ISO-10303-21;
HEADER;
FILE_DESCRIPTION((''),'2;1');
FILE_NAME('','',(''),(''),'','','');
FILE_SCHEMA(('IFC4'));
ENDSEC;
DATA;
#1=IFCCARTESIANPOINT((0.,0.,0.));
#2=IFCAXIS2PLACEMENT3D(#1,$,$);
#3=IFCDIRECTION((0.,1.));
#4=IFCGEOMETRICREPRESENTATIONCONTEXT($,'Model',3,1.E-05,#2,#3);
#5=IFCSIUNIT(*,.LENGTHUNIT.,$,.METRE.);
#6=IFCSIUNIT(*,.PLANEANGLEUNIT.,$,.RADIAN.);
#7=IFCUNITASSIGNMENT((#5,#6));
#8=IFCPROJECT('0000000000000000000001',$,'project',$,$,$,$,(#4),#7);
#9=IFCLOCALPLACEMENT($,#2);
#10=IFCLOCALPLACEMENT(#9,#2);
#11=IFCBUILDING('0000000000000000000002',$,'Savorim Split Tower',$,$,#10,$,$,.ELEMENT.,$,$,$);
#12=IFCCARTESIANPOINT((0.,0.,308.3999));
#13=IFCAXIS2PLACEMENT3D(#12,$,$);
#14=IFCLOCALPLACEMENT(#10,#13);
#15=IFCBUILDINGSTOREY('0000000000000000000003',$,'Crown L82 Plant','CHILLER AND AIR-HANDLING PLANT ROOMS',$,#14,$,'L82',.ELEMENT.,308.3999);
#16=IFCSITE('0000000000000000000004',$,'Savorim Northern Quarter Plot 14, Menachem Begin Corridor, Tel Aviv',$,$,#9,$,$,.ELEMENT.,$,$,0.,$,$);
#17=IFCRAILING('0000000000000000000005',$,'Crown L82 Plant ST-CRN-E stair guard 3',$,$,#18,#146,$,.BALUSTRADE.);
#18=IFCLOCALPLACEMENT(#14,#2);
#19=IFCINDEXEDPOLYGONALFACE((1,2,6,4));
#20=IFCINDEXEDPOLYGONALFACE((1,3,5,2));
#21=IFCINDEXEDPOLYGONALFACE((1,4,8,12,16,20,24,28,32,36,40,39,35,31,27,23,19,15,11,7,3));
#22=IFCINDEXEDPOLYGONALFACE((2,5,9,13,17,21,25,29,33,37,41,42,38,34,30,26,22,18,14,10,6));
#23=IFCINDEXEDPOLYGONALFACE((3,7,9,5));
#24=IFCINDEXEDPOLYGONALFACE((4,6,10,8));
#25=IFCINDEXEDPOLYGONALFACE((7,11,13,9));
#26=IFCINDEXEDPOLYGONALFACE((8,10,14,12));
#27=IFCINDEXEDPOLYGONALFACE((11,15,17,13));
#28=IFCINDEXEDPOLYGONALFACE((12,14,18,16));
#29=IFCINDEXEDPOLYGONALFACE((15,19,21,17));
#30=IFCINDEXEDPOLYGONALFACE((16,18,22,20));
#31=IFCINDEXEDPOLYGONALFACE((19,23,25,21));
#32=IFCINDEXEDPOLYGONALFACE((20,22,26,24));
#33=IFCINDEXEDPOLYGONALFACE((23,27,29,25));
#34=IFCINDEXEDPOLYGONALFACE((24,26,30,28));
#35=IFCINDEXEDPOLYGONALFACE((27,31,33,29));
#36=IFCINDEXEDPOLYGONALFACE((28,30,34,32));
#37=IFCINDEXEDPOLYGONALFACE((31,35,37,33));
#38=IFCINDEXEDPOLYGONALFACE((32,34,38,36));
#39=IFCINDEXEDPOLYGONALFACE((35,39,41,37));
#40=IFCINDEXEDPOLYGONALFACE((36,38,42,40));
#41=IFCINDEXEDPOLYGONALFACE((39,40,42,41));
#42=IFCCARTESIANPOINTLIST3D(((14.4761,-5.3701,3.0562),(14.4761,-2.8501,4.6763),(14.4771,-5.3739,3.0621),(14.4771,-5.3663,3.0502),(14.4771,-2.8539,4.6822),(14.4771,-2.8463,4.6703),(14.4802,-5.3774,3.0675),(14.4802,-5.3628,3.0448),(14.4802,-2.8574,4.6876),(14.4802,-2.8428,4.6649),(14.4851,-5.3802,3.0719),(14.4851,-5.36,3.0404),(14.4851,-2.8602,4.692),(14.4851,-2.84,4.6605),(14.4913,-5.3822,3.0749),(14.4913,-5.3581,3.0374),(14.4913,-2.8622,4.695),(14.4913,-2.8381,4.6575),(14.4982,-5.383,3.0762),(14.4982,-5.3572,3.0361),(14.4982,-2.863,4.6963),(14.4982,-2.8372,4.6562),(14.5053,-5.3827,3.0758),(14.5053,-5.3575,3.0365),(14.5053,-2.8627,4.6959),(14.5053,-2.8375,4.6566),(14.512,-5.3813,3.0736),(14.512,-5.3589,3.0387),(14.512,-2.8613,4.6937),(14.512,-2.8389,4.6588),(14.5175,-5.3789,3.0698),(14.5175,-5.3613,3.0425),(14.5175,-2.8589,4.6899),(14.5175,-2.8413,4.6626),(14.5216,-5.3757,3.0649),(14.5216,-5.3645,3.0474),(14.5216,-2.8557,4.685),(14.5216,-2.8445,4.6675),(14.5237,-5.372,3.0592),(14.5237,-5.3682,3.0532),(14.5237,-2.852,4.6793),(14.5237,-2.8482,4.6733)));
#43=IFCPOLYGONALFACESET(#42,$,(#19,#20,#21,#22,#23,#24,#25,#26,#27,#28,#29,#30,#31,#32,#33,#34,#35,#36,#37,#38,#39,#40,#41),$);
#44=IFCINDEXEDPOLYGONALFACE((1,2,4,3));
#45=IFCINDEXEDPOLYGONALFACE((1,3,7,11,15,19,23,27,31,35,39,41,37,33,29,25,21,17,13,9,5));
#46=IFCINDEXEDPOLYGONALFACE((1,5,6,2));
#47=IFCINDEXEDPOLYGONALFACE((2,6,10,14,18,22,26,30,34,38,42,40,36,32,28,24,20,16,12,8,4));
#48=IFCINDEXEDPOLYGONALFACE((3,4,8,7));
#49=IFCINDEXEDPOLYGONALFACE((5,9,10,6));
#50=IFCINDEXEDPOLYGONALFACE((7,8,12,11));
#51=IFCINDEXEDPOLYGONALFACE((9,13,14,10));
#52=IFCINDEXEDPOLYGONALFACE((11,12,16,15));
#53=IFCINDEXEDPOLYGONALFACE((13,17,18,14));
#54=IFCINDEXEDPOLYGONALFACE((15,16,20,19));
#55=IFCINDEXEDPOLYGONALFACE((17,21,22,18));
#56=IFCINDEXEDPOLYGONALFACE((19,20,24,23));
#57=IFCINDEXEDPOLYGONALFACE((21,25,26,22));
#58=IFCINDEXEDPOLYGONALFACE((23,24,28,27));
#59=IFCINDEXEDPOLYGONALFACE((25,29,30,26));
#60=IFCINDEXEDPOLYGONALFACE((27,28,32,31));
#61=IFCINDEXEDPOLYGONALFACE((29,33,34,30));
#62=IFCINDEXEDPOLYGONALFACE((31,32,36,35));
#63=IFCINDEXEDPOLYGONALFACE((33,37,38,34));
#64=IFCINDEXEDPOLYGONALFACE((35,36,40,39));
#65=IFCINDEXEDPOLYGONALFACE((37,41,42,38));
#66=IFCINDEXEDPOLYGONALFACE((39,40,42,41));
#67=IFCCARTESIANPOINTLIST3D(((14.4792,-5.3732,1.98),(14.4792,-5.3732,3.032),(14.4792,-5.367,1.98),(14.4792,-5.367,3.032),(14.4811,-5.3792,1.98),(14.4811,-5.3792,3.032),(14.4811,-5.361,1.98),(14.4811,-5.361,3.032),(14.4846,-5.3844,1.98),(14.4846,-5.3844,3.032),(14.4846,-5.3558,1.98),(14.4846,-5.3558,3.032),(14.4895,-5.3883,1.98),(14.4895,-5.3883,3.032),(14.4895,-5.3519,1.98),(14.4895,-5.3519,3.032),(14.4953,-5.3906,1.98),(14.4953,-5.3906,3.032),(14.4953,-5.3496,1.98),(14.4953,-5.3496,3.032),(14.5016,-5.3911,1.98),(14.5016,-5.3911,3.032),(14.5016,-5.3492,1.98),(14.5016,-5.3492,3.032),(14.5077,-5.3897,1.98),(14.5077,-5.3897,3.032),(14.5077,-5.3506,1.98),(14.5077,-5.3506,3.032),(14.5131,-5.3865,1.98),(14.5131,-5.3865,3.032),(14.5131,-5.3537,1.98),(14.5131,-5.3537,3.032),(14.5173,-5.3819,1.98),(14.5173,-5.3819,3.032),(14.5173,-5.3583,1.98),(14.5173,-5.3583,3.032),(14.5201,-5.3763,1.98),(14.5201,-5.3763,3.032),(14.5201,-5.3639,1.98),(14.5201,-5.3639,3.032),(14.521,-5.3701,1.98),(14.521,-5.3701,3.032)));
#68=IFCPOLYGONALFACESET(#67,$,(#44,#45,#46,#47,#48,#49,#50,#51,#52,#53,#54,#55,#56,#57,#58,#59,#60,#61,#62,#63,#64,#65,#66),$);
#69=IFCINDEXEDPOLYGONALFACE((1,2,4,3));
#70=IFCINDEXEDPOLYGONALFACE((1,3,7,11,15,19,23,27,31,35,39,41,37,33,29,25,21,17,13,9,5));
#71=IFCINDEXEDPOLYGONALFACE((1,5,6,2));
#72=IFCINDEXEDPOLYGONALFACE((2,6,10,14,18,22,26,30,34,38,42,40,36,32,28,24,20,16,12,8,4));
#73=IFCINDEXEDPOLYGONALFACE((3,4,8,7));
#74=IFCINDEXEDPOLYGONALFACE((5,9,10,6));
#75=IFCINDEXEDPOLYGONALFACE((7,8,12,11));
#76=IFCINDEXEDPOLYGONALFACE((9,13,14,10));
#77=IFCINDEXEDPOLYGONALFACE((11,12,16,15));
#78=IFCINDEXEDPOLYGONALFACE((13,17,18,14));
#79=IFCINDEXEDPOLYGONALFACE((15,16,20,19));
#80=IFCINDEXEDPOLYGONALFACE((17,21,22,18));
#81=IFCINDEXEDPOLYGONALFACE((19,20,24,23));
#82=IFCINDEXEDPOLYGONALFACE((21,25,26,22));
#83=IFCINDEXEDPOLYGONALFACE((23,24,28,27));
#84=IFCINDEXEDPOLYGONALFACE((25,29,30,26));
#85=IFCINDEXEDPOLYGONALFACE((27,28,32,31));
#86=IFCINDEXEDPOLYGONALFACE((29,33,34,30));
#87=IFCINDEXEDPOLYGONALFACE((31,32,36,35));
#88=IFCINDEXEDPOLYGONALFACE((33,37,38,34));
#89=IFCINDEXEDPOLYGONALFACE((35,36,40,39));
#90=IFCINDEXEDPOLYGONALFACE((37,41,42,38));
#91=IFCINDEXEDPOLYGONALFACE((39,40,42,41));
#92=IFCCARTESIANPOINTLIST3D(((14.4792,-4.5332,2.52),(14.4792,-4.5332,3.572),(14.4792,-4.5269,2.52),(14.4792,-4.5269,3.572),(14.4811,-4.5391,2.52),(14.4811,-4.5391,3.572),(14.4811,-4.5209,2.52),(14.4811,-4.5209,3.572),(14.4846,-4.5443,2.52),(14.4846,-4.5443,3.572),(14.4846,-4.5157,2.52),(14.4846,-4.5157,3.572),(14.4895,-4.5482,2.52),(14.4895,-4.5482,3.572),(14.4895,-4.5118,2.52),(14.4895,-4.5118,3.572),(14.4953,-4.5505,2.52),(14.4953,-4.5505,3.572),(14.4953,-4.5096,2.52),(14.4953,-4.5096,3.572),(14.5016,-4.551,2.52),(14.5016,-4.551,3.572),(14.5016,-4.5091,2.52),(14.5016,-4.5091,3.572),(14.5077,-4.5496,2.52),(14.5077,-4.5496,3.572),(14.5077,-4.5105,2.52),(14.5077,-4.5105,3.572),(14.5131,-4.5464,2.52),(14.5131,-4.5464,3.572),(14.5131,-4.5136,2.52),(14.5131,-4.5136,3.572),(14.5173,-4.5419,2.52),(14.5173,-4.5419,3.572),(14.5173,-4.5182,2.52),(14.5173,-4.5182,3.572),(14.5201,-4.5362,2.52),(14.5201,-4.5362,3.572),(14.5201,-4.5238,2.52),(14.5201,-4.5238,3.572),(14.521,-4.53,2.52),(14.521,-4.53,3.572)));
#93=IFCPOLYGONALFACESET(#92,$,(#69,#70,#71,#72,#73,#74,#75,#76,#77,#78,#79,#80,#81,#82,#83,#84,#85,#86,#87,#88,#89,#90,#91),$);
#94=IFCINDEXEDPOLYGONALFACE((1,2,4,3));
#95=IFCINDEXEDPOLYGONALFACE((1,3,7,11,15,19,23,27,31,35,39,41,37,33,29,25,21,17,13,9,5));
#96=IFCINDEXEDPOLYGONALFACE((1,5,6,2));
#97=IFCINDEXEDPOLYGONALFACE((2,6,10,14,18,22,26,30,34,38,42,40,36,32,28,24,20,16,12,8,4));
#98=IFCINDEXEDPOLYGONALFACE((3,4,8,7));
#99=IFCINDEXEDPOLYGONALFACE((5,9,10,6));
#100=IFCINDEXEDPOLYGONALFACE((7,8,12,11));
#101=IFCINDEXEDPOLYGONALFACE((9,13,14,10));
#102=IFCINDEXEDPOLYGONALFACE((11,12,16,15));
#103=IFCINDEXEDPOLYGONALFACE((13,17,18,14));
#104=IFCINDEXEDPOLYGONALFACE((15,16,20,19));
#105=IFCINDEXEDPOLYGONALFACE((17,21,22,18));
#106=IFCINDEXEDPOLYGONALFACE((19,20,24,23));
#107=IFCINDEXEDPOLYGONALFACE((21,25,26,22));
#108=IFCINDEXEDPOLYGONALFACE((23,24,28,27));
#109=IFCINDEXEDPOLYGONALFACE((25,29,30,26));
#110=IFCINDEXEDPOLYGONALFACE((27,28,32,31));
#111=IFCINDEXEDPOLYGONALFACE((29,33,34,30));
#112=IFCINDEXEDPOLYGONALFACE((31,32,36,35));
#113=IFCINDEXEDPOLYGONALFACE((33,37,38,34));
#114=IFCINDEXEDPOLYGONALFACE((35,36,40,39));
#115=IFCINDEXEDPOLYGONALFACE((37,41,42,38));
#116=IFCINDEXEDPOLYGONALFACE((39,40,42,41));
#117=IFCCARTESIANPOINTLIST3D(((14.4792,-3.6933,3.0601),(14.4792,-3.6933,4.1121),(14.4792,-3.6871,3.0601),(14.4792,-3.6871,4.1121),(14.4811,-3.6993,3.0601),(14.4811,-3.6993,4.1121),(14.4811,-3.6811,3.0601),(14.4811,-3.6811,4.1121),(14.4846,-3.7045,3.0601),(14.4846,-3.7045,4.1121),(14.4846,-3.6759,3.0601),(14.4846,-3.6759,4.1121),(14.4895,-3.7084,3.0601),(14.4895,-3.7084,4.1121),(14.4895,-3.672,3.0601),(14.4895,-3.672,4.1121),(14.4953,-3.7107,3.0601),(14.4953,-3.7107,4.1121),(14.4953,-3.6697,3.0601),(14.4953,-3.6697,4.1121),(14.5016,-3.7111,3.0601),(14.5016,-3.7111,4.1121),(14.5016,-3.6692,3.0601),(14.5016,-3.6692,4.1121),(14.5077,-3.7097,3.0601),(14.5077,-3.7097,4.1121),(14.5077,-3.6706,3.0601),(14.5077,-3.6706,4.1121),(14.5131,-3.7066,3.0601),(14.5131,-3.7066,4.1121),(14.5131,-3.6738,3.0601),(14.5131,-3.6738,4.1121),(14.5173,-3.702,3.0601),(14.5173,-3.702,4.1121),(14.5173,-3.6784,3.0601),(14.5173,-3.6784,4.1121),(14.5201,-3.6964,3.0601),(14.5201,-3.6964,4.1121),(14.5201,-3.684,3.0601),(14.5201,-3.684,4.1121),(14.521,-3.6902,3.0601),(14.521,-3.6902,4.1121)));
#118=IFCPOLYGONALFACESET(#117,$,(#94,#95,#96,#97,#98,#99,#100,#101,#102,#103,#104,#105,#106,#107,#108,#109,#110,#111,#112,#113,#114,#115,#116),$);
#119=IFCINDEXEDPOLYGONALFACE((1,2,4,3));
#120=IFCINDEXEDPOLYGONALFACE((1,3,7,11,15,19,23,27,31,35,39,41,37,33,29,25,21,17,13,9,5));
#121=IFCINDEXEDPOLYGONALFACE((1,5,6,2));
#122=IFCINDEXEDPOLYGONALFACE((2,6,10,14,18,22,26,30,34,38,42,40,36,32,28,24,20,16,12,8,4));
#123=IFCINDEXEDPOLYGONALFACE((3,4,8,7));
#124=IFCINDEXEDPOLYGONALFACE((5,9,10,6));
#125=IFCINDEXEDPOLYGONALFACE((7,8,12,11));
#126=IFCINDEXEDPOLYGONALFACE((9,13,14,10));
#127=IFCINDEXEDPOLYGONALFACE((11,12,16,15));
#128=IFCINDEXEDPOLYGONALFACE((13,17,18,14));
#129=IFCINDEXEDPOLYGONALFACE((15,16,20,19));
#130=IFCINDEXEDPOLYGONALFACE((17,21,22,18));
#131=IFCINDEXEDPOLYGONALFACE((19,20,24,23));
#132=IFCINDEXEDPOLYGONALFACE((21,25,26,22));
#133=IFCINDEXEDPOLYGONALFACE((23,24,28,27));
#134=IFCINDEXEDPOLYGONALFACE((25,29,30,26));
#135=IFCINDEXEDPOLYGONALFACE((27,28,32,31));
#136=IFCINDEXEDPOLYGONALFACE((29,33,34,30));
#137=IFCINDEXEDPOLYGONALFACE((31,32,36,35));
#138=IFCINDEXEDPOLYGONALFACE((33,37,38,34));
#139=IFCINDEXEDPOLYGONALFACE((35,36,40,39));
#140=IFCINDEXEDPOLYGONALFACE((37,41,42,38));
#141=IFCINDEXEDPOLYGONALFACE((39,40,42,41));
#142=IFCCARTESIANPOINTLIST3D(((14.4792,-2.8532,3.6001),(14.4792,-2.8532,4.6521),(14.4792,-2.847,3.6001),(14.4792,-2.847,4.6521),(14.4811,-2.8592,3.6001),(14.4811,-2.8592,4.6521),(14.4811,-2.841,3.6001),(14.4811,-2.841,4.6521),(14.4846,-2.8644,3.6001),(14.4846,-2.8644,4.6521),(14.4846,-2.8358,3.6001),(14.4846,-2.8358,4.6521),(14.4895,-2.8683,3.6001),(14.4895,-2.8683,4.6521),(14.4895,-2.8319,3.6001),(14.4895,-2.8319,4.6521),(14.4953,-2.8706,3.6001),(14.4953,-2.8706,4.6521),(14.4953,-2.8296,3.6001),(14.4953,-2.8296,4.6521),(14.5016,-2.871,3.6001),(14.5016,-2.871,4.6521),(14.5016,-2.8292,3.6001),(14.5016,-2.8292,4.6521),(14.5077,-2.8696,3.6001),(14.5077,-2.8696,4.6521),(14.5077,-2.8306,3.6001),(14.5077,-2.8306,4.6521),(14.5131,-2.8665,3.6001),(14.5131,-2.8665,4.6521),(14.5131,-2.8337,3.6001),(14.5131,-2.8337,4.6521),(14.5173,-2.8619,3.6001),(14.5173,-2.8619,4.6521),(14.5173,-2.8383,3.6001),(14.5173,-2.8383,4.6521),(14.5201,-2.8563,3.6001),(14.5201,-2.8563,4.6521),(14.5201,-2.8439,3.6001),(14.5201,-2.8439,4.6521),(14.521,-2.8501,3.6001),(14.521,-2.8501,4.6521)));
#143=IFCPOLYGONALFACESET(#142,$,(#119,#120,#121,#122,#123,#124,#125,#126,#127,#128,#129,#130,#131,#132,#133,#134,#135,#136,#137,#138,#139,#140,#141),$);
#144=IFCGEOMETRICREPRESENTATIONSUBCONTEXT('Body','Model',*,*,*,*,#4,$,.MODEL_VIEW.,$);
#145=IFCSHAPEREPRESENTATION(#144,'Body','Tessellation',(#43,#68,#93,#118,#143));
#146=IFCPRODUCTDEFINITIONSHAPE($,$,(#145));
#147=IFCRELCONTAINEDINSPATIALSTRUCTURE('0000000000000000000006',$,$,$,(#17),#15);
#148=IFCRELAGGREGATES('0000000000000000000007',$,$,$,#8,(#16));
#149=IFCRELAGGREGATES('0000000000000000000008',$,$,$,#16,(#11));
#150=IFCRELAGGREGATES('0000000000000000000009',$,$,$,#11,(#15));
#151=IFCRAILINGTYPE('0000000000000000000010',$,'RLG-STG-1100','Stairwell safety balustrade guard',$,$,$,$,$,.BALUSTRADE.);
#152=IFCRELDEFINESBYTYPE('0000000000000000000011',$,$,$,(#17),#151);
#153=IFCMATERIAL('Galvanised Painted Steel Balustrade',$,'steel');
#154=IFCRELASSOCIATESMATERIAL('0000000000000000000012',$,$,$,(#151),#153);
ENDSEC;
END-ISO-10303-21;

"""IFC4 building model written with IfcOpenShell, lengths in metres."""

from ifc_helpers import new_model, si_unit, direction, frame, origin, origin_2d, place, context, subcontext, project, spatial, circle, extrude, material, type_object, element, save


model = new_model("IFC4")

# Units and contexts
model_context = context("Model", 3, precision=1e-05, world=origin(), true_north=direction((0.0, 1.0)))
body_context = subcontext(model_context, "Body", "Model", "MODEL_VIEW")
ifc_project = project(units=[si_unit("LENGTHUNIT", "METRE"), si_unit("PLANEANGLEUNIT", "RADIAN")], contexts=[model_context])

# Site, building, storey
site_placement = place(None, origin())
site = spatial("IfcSite", under=ifc_project, at=site_placement, Name="Savorim Northern Quarter Plot 14, Menachem Begin Corridor, Tel Aviv", CompositionType="ELEMENT", RefElevation=0.0)
building_placement = place(site_placement, origin())
building = spatial("IfcBuilding", under=site, at=building_placement, Name="Savorim Split Tower", CompositionType="ELEMENT")
storey_placement = place(building_placement, frame((0.0, 0.0, 308.3999)))
storey = spatial("IfcBuildingStorey", under=building, at=storey_placement, Name="Crown L82 Plant", Description="CHILLER AND AIR-HANDLING PLANT ROOMS", LongName="L82", CompositionType="ELEMENT", Elevation=308.3999)

# Railing
ifc_material_1 = material(Name="Galvanised Painted Steel Balustrade", Category="steel")
railing_type_1 = type_object("IfcRailingType", Name="RLG-STG-1100", Description="Stairwell safety balustrade guard", PredefinedType="BALUSTRADE", material=ifc_material_1)
railing_1_placement = place(storey_placement, frame((14.5, -5.3701, 1.98)))
element("IfcRailing", 1, at=railing_1_placement, inside=storey, type_object=railing_type_1, Name="Crown L82 Plant ST-CRN-E stair guard 3", PredefinedType="BALUSTRADE", context=body_context, shape_type="SweptSolid", body=[
    extrude(circle(Radius=0.0239, at=origin_2d()), frame((0.0, 0.0, 1.0762), z_axis=(0.0, 0.841163, 0.540782), x_axis=(-1.0, 0.0, 0.0)), (0.0, 0.0, 1.0), 2.9958),
    extrude(circle(Radius=0.021, at=origin_2d()), origin(), (0.0, 0.0, 1.0), 1.052),
    extrude(circle(Radius=0.021, at=origin_2d()), frame((0.0, 0.8401, 0.54)), (0.0, 0.0, 1.0), 1.052),
    extrude(circle(Radius=0.021, at=origin_2d()), frame((0.0, 1.6799, 1.0801)), (0.0, 0.0, 1.0), 1.052),
    extrude(circle(Radius=0.021, at=origin_2d()), frame((0.0, 2.52, 1.6201)), (0.0, 0.0, 1.0), 1.052),
])

save(model, "model.ifc")
